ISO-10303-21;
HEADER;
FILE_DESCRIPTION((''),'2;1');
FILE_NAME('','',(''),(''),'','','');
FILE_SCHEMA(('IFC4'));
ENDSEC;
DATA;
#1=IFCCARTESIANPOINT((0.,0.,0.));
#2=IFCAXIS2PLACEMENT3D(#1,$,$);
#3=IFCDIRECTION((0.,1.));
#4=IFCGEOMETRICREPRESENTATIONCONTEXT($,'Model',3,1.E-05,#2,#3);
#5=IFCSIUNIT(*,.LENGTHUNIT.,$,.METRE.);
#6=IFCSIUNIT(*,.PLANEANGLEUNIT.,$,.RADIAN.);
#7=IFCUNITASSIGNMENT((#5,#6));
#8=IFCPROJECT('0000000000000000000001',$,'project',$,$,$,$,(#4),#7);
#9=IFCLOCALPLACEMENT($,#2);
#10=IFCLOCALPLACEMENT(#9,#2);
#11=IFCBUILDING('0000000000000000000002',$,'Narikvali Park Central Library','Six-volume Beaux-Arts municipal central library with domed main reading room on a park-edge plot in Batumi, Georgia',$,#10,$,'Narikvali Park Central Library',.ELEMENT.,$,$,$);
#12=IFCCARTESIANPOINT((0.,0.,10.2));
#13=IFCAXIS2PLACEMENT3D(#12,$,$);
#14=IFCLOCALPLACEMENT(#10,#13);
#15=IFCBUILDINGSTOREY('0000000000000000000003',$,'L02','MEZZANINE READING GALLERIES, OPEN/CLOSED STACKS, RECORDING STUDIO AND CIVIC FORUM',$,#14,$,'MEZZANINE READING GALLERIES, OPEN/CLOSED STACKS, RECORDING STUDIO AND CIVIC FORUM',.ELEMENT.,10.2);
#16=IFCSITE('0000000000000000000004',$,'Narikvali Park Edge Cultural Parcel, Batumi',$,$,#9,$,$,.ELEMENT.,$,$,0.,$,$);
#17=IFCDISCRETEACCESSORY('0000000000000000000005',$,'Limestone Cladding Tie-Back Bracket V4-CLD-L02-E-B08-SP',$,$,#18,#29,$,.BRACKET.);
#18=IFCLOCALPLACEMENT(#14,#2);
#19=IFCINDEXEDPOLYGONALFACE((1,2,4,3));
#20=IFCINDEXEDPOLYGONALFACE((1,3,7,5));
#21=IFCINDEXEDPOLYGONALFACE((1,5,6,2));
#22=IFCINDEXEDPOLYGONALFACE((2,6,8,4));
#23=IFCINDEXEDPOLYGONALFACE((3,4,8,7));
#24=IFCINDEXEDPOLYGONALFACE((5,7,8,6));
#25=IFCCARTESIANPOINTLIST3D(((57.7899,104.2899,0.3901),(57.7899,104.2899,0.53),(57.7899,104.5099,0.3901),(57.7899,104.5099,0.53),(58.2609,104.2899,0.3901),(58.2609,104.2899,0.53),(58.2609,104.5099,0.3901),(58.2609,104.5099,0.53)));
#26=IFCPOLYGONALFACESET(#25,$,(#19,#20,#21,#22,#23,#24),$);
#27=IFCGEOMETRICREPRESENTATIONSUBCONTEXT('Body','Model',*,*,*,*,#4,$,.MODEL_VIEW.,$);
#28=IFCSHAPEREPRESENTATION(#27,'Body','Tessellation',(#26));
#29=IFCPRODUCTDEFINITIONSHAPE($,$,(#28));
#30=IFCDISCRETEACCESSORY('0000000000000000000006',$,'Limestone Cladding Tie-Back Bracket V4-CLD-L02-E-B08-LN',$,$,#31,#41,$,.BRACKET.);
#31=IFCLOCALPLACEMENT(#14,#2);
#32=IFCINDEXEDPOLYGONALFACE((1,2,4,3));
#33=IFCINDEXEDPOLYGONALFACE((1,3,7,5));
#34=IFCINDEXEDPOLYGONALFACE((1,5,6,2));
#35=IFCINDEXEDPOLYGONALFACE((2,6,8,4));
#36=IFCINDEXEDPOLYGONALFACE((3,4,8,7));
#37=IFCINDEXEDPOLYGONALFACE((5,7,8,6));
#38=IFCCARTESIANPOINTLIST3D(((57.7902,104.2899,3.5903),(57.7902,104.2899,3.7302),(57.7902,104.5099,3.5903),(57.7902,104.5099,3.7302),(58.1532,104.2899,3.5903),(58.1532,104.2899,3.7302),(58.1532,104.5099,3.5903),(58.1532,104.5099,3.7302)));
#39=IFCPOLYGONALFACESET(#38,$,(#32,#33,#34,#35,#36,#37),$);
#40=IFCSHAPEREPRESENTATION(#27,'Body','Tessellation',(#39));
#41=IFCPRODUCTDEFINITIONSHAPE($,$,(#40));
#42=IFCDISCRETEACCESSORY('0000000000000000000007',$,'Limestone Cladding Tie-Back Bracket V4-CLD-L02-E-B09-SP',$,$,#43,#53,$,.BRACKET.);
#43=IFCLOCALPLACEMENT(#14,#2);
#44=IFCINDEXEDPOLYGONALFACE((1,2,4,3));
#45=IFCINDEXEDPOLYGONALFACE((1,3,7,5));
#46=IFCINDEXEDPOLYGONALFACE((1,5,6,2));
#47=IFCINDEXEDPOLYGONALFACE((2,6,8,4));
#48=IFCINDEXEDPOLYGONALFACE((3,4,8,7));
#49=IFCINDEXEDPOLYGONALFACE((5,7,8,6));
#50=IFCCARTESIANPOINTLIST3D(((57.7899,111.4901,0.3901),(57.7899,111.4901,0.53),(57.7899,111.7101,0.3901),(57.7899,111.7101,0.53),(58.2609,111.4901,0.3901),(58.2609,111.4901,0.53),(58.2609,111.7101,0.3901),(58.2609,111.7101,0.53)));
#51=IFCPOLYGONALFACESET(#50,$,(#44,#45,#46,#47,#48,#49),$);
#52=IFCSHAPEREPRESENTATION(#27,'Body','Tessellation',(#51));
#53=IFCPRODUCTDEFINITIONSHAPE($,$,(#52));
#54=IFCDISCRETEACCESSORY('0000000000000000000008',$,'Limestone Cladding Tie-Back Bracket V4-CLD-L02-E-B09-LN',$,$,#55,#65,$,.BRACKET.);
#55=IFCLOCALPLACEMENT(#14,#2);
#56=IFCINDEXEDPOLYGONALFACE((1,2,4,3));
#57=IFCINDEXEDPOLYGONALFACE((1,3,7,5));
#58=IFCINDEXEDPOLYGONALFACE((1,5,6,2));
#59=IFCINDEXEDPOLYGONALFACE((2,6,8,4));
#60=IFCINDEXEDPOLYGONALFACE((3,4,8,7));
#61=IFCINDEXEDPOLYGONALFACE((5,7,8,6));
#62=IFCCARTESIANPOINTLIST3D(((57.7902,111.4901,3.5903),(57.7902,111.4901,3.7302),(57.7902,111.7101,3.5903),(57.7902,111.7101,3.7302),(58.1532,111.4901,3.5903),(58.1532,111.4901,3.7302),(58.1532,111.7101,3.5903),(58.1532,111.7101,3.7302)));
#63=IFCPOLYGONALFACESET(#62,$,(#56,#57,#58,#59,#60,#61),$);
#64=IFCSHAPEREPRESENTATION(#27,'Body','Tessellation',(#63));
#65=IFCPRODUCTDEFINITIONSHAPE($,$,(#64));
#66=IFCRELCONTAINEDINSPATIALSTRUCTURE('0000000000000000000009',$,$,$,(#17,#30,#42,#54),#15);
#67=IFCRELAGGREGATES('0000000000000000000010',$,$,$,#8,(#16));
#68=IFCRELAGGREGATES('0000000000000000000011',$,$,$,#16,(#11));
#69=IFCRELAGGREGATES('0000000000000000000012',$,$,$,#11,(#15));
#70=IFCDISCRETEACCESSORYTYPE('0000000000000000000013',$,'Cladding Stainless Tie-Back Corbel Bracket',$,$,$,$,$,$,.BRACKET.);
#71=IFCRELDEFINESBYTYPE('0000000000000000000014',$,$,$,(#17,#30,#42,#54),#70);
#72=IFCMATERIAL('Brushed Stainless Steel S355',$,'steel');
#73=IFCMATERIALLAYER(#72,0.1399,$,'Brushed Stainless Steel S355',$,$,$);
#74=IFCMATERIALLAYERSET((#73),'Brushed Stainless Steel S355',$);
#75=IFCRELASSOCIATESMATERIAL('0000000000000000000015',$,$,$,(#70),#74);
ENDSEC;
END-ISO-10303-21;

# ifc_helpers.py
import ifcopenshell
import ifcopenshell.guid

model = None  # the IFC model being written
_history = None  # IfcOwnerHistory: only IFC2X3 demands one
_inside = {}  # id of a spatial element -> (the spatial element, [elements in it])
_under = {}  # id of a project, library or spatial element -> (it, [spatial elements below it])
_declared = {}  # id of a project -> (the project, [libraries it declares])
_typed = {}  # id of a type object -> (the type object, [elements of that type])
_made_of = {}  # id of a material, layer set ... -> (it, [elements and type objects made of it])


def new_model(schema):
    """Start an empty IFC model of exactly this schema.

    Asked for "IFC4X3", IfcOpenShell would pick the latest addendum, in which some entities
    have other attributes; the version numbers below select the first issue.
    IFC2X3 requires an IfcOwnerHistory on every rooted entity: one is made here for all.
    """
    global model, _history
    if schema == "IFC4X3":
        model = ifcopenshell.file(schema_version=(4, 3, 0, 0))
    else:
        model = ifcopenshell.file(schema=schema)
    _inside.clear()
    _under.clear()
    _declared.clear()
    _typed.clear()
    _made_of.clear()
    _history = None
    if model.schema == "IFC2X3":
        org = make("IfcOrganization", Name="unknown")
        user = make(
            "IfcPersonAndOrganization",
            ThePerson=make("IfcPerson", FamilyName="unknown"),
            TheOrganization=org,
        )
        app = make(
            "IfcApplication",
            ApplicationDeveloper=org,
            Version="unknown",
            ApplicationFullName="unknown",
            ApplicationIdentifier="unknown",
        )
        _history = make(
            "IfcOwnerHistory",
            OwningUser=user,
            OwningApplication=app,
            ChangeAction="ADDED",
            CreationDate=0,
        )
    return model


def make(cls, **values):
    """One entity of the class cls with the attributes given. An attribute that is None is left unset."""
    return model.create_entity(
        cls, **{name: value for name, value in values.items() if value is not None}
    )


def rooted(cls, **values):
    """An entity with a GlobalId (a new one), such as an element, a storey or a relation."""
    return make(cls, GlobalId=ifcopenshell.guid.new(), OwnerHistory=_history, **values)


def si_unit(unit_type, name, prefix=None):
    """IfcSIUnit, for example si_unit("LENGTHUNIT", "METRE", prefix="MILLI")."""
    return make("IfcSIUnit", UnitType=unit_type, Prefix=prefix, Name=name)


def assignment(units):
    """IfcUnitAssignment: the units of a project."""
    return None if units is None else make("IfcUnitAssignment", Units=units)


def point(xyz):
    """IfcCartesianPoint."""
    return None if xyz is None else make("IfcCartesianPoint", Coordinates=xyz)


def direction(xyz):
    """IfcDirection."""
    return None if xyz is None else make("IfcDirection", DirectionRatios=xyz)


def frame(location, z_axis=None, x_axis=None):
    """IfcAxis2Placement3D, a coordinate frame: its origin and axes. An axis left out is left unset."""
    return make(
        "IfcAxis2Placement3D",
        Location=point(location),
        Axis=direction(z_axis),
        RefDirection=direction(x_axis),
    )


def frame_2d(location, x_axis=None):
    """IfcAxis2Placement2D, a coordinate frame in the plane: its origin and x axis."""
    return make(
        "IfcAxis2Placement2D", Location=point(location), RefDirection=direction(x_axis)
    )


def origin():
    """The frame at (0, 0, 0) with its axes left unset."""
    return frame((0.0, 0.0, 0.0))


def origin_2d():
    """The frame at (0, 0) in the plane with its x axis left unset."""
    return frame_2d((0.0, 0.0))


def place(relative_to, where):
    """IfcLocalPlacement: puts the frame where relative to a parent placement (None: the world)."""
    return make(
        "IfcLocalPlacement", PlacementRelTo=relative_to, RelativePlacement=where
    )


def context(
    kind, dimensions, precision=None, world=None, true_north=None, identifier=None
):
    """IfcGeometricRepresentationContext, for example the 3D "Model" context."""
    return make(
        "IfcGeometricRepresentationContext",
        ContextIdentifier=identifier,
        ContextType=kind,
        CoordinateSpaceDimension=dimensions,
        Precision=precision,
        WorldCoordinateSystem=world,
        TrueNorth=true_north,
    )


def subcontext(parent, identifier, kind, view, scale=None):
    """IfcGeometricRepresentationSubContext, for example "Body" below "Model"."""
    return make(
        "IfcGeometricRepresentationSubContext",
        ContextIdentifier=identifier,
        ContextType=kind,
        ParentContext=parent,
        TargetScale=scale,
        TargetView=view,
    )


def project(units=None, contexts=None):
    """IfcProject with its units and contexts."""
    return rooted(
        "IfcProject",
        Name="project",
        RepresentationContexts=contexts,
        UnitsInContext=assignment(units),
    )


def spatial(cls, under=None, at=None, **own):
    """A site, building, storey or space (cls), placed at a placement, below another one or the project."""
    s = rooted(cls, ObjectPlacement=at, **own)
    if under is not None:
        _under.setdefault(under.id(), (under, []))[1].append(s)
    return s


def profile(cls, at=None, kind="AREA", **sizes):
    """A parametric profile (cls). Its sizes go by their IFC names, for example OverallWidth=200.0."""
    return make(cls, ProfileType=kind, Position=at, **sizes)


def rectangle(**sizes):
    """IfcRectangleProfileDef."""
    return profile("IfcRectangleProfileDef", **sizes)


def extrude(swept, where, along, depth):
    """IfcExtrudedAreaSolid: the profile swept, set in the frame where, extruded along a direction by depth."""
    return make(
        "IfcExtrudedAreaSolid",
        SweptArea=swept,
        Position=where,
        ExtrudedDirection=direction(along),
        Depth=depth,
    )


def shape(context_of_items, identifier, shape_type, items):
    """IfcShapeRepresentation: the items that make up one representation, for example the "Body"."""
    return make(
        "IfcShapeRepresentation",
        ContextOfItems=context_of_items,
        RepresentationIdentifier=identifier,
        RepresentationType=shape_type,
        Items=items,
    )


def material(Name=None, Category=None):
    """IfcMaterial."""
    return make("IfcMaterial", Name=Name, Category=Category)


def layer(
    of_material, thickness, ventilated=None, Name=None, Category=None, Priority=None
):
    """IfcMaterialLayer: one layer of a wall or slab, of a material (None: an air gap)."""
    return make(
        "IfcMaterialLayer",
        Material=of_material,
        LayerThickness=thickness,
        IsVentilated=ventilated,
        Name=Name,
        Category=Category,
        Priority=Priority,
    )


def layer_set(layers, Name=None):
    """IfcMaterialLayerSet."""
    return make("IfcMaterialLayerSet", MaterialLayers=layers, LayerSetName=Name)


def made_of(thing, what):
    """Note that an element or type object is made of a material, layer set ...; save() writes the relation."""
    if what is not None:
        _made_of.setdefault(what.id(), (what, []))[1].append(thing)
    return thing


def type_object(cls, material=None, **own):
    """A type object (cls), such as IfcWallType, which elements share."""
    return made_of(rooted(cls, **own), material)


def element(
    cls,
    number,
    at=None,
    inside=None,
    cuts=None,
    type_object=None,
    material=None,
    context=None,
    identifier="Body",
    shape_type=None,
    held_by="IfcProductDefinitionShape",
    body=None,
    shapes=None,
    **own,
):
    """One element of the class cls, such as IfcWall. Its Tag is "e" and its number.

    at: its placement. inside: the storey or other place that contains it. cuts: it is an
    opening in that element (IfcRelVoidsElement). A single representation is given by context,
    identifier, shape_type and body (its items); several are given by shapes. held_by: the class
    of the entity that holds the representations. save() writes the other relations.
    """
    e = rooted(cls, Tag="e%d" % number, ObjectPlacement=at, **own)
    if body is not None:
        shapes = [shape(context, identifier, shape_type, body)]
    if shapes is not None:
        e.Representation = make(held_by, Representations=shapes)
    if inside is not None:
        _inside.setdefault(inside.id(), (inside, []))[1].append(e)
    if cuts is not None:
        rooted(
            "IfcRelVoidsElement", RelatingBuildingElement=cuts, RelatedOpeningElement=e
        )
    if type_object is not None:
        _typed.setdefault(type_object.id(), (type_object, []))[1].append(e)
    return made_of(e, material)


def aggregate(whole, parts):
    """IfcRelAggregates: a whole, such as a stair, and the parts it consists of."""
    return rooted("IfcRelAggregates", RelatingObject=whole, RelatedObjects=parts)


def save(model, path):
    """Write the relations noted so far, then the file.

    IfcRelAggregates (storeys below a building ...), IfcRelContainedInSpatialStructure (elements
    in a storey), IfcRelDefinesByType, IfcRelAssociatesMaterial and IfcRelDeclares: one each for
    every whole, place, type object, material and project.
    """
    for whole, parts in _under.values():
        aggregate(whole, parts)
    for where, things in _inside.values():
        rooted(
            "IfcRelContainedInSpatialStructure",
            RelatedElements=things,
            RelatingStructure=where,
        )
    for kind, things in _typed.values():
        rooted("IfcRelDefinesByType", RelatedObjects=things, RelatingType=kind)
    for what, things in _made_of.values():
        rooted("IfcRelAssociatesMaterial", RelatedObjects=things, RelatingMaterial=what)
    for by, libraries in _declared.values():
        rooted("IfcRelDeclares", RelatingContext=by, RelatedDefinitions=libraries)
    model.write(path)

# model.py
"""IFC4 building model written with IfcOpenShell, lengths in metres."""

from ifc_helpers import new_model, si_unit, direction, frame, origin, origin_2d, place, context, subcontext, project, spatial, rectangle, extrude, material, layer, layer_set, type_object, element, save


model = new_model("IFC4")

# Units and contexts
model_context = context("Model", 3, precision=1e-05, world=origin(), true_north=direction((0.0, 1.0)))
body_context = subcontext(model_context, "Body", "Model", "MODEL_VIEW")
ifc_project = project(units=[si_unit("LENGTHUNIT", "METRE"), si_unit("PLANEANGLEUNIT", "RADIAN")], contexts=[model_context])

# Site, building, storey
site_placement = place(None, origin())
site = spatial("IfcSite", under=ifc_project, at=site_placement, Name="Narikvali Park Edge Cultural Parcel, Batumi", CompositionType="ELEMENT", RefElevation=0.0)
building_placement = place(site_placement, origin())
building = spatial("IfcBuilding", under=site, at=building_placement, Name="Narikvali Park Central Library", Description="Six-volume Beaux-Arts municipal central library with domed main reading room on a park-edge plot in Batumi, Georgia", LongName="Narikvali Park Central Library", CompositionType="ELEMENT")
storey_placement = place(building_placement, frame((0.0, 0.0, 10.2)))
storey = spatial("IfcBuildingStorey", under=building, at=storey_placement, Name="L02", Description="MEZZANINE READING GALLERIES, OPEN/CLOSED STACKS, RECORDING STUDIO AND CIVIC FORUM", LongName="MEZZANINE READING GALLERIES, OPEN/CLOSED STACKS, RECORDING STUDIO AND CIVIC FORUM", CompositionType="ELEMENT", Elevation=10.2)

# Discrete accessories
ifc_material_1 = material(Name="Brushed Stainless Steel S355", Category="steel")
ifc_layer_1 = layer(ifc_material_1, 0.1399, Name="Brushed Stainless Steel S355")
ifc_layer_set_1 = layer_set([ifc_layer_1], Name="Brushed Stainless Steel S355")
discrete_accessory_type = type_object("IfcDiscreteAccessoryType", Name="Cladding Stainless Tie-Back Corbel Bracket", PredefinedType="BRACKET", material=ifc_layer_set_1)
discrete_accessory_1_placement = place(storey_placement, frame((58.0254, 104.3999, 0.3901), z_axis=(0.0, 0.0, 1.0), x_axis=(1.0, 0.0, 0.0)))
element("IfcDiscreteAccessory", 1, at=discrete_accessory_1_placement, inside=storey, type_object=discrete_accessory_type, Name="Limestone Cladding Tie-Back Bracket V4-CLD-L02-E-B08-SP", PredefinedType="BRACKET", context=body_context, shape_type="SweptSolid", body=[
    extrude(rectangle(XDim=0.4709, YDim=0.22, at=origin_2d()), origin(), (0.0, 0.0, 1.0), 0.1399),
])
discrete_accessory_2_placement = place(storey_placement, frame((57.9717, 104.3999, 3.5903), z_axis=(0.0, 0.0, 1.0), x_axis=(1.0, 0.0, 0.0)))
element("IfcDiscreteAccessory", 2, at=discrete_accessory_2_placement, inside=storey, type_object=discrete_accessory_type, Name="Limestone Cladding Tie-Back Bracket V4-CLD-L02-E-B08-LN", PredefinedType="BRACKET", context=body_context, shape_type="SweptSolid", body=[
    extrude(rectangle(XDim=0.363, YDim=0.22, at=origin_2d()), origin(), (0.0, 0.0, 1.0), 0.1399),
])
discrete_accessory_3_placement = place(storey_placement, frame((58.0254, 111.6001, 0.3901), z_axis=(0.0, 0.0, 1.0), x_axis=(1.0, 0.0, 0.0)))
element("IfcDiscreteAccessory", 3, at=discrete_accessory_3_placement, inside=storey, type_object=discrete_accessory_type, Name="Limestone Cladding Tie-Back Bracket V4-CLD-L02-E-B09-SP", PredefinedType="BRACKET", context=body_context, shape_type="SweptSolid", body=[
    extrude(rectangle(XDim=0.4709, YDim=0.22, at=origin_2d()), origin(), (0.0, 0.0, 1.0), 0.1399),
])
discrete_accessory_4_placement = place(storey_placement, frame((57.9717, 111.6001, 3.5903), z_axis=(0.0, 0.0, 1.0), x_axis=(1.0, 0.0, 0.0)))
element("IfcDiscreteAccessory", 4, at=discrete_accessory_4_placement, inside=storey, type_object=discrete_accessory_type, Name="Limestone Cladding Tie-Back Bracket V4-CLD-L02-E-B09-LN", PredefinedType="BRACKET", context=body_context, shape_type="SweptSolid", body=[
    extrude(rectangle(XDim=0.363, YDim=0.22, at=origin_2d()), origin(), (0.0, 0.0, 1.0), 0.1399),
])

save(model, "model.ifc")
